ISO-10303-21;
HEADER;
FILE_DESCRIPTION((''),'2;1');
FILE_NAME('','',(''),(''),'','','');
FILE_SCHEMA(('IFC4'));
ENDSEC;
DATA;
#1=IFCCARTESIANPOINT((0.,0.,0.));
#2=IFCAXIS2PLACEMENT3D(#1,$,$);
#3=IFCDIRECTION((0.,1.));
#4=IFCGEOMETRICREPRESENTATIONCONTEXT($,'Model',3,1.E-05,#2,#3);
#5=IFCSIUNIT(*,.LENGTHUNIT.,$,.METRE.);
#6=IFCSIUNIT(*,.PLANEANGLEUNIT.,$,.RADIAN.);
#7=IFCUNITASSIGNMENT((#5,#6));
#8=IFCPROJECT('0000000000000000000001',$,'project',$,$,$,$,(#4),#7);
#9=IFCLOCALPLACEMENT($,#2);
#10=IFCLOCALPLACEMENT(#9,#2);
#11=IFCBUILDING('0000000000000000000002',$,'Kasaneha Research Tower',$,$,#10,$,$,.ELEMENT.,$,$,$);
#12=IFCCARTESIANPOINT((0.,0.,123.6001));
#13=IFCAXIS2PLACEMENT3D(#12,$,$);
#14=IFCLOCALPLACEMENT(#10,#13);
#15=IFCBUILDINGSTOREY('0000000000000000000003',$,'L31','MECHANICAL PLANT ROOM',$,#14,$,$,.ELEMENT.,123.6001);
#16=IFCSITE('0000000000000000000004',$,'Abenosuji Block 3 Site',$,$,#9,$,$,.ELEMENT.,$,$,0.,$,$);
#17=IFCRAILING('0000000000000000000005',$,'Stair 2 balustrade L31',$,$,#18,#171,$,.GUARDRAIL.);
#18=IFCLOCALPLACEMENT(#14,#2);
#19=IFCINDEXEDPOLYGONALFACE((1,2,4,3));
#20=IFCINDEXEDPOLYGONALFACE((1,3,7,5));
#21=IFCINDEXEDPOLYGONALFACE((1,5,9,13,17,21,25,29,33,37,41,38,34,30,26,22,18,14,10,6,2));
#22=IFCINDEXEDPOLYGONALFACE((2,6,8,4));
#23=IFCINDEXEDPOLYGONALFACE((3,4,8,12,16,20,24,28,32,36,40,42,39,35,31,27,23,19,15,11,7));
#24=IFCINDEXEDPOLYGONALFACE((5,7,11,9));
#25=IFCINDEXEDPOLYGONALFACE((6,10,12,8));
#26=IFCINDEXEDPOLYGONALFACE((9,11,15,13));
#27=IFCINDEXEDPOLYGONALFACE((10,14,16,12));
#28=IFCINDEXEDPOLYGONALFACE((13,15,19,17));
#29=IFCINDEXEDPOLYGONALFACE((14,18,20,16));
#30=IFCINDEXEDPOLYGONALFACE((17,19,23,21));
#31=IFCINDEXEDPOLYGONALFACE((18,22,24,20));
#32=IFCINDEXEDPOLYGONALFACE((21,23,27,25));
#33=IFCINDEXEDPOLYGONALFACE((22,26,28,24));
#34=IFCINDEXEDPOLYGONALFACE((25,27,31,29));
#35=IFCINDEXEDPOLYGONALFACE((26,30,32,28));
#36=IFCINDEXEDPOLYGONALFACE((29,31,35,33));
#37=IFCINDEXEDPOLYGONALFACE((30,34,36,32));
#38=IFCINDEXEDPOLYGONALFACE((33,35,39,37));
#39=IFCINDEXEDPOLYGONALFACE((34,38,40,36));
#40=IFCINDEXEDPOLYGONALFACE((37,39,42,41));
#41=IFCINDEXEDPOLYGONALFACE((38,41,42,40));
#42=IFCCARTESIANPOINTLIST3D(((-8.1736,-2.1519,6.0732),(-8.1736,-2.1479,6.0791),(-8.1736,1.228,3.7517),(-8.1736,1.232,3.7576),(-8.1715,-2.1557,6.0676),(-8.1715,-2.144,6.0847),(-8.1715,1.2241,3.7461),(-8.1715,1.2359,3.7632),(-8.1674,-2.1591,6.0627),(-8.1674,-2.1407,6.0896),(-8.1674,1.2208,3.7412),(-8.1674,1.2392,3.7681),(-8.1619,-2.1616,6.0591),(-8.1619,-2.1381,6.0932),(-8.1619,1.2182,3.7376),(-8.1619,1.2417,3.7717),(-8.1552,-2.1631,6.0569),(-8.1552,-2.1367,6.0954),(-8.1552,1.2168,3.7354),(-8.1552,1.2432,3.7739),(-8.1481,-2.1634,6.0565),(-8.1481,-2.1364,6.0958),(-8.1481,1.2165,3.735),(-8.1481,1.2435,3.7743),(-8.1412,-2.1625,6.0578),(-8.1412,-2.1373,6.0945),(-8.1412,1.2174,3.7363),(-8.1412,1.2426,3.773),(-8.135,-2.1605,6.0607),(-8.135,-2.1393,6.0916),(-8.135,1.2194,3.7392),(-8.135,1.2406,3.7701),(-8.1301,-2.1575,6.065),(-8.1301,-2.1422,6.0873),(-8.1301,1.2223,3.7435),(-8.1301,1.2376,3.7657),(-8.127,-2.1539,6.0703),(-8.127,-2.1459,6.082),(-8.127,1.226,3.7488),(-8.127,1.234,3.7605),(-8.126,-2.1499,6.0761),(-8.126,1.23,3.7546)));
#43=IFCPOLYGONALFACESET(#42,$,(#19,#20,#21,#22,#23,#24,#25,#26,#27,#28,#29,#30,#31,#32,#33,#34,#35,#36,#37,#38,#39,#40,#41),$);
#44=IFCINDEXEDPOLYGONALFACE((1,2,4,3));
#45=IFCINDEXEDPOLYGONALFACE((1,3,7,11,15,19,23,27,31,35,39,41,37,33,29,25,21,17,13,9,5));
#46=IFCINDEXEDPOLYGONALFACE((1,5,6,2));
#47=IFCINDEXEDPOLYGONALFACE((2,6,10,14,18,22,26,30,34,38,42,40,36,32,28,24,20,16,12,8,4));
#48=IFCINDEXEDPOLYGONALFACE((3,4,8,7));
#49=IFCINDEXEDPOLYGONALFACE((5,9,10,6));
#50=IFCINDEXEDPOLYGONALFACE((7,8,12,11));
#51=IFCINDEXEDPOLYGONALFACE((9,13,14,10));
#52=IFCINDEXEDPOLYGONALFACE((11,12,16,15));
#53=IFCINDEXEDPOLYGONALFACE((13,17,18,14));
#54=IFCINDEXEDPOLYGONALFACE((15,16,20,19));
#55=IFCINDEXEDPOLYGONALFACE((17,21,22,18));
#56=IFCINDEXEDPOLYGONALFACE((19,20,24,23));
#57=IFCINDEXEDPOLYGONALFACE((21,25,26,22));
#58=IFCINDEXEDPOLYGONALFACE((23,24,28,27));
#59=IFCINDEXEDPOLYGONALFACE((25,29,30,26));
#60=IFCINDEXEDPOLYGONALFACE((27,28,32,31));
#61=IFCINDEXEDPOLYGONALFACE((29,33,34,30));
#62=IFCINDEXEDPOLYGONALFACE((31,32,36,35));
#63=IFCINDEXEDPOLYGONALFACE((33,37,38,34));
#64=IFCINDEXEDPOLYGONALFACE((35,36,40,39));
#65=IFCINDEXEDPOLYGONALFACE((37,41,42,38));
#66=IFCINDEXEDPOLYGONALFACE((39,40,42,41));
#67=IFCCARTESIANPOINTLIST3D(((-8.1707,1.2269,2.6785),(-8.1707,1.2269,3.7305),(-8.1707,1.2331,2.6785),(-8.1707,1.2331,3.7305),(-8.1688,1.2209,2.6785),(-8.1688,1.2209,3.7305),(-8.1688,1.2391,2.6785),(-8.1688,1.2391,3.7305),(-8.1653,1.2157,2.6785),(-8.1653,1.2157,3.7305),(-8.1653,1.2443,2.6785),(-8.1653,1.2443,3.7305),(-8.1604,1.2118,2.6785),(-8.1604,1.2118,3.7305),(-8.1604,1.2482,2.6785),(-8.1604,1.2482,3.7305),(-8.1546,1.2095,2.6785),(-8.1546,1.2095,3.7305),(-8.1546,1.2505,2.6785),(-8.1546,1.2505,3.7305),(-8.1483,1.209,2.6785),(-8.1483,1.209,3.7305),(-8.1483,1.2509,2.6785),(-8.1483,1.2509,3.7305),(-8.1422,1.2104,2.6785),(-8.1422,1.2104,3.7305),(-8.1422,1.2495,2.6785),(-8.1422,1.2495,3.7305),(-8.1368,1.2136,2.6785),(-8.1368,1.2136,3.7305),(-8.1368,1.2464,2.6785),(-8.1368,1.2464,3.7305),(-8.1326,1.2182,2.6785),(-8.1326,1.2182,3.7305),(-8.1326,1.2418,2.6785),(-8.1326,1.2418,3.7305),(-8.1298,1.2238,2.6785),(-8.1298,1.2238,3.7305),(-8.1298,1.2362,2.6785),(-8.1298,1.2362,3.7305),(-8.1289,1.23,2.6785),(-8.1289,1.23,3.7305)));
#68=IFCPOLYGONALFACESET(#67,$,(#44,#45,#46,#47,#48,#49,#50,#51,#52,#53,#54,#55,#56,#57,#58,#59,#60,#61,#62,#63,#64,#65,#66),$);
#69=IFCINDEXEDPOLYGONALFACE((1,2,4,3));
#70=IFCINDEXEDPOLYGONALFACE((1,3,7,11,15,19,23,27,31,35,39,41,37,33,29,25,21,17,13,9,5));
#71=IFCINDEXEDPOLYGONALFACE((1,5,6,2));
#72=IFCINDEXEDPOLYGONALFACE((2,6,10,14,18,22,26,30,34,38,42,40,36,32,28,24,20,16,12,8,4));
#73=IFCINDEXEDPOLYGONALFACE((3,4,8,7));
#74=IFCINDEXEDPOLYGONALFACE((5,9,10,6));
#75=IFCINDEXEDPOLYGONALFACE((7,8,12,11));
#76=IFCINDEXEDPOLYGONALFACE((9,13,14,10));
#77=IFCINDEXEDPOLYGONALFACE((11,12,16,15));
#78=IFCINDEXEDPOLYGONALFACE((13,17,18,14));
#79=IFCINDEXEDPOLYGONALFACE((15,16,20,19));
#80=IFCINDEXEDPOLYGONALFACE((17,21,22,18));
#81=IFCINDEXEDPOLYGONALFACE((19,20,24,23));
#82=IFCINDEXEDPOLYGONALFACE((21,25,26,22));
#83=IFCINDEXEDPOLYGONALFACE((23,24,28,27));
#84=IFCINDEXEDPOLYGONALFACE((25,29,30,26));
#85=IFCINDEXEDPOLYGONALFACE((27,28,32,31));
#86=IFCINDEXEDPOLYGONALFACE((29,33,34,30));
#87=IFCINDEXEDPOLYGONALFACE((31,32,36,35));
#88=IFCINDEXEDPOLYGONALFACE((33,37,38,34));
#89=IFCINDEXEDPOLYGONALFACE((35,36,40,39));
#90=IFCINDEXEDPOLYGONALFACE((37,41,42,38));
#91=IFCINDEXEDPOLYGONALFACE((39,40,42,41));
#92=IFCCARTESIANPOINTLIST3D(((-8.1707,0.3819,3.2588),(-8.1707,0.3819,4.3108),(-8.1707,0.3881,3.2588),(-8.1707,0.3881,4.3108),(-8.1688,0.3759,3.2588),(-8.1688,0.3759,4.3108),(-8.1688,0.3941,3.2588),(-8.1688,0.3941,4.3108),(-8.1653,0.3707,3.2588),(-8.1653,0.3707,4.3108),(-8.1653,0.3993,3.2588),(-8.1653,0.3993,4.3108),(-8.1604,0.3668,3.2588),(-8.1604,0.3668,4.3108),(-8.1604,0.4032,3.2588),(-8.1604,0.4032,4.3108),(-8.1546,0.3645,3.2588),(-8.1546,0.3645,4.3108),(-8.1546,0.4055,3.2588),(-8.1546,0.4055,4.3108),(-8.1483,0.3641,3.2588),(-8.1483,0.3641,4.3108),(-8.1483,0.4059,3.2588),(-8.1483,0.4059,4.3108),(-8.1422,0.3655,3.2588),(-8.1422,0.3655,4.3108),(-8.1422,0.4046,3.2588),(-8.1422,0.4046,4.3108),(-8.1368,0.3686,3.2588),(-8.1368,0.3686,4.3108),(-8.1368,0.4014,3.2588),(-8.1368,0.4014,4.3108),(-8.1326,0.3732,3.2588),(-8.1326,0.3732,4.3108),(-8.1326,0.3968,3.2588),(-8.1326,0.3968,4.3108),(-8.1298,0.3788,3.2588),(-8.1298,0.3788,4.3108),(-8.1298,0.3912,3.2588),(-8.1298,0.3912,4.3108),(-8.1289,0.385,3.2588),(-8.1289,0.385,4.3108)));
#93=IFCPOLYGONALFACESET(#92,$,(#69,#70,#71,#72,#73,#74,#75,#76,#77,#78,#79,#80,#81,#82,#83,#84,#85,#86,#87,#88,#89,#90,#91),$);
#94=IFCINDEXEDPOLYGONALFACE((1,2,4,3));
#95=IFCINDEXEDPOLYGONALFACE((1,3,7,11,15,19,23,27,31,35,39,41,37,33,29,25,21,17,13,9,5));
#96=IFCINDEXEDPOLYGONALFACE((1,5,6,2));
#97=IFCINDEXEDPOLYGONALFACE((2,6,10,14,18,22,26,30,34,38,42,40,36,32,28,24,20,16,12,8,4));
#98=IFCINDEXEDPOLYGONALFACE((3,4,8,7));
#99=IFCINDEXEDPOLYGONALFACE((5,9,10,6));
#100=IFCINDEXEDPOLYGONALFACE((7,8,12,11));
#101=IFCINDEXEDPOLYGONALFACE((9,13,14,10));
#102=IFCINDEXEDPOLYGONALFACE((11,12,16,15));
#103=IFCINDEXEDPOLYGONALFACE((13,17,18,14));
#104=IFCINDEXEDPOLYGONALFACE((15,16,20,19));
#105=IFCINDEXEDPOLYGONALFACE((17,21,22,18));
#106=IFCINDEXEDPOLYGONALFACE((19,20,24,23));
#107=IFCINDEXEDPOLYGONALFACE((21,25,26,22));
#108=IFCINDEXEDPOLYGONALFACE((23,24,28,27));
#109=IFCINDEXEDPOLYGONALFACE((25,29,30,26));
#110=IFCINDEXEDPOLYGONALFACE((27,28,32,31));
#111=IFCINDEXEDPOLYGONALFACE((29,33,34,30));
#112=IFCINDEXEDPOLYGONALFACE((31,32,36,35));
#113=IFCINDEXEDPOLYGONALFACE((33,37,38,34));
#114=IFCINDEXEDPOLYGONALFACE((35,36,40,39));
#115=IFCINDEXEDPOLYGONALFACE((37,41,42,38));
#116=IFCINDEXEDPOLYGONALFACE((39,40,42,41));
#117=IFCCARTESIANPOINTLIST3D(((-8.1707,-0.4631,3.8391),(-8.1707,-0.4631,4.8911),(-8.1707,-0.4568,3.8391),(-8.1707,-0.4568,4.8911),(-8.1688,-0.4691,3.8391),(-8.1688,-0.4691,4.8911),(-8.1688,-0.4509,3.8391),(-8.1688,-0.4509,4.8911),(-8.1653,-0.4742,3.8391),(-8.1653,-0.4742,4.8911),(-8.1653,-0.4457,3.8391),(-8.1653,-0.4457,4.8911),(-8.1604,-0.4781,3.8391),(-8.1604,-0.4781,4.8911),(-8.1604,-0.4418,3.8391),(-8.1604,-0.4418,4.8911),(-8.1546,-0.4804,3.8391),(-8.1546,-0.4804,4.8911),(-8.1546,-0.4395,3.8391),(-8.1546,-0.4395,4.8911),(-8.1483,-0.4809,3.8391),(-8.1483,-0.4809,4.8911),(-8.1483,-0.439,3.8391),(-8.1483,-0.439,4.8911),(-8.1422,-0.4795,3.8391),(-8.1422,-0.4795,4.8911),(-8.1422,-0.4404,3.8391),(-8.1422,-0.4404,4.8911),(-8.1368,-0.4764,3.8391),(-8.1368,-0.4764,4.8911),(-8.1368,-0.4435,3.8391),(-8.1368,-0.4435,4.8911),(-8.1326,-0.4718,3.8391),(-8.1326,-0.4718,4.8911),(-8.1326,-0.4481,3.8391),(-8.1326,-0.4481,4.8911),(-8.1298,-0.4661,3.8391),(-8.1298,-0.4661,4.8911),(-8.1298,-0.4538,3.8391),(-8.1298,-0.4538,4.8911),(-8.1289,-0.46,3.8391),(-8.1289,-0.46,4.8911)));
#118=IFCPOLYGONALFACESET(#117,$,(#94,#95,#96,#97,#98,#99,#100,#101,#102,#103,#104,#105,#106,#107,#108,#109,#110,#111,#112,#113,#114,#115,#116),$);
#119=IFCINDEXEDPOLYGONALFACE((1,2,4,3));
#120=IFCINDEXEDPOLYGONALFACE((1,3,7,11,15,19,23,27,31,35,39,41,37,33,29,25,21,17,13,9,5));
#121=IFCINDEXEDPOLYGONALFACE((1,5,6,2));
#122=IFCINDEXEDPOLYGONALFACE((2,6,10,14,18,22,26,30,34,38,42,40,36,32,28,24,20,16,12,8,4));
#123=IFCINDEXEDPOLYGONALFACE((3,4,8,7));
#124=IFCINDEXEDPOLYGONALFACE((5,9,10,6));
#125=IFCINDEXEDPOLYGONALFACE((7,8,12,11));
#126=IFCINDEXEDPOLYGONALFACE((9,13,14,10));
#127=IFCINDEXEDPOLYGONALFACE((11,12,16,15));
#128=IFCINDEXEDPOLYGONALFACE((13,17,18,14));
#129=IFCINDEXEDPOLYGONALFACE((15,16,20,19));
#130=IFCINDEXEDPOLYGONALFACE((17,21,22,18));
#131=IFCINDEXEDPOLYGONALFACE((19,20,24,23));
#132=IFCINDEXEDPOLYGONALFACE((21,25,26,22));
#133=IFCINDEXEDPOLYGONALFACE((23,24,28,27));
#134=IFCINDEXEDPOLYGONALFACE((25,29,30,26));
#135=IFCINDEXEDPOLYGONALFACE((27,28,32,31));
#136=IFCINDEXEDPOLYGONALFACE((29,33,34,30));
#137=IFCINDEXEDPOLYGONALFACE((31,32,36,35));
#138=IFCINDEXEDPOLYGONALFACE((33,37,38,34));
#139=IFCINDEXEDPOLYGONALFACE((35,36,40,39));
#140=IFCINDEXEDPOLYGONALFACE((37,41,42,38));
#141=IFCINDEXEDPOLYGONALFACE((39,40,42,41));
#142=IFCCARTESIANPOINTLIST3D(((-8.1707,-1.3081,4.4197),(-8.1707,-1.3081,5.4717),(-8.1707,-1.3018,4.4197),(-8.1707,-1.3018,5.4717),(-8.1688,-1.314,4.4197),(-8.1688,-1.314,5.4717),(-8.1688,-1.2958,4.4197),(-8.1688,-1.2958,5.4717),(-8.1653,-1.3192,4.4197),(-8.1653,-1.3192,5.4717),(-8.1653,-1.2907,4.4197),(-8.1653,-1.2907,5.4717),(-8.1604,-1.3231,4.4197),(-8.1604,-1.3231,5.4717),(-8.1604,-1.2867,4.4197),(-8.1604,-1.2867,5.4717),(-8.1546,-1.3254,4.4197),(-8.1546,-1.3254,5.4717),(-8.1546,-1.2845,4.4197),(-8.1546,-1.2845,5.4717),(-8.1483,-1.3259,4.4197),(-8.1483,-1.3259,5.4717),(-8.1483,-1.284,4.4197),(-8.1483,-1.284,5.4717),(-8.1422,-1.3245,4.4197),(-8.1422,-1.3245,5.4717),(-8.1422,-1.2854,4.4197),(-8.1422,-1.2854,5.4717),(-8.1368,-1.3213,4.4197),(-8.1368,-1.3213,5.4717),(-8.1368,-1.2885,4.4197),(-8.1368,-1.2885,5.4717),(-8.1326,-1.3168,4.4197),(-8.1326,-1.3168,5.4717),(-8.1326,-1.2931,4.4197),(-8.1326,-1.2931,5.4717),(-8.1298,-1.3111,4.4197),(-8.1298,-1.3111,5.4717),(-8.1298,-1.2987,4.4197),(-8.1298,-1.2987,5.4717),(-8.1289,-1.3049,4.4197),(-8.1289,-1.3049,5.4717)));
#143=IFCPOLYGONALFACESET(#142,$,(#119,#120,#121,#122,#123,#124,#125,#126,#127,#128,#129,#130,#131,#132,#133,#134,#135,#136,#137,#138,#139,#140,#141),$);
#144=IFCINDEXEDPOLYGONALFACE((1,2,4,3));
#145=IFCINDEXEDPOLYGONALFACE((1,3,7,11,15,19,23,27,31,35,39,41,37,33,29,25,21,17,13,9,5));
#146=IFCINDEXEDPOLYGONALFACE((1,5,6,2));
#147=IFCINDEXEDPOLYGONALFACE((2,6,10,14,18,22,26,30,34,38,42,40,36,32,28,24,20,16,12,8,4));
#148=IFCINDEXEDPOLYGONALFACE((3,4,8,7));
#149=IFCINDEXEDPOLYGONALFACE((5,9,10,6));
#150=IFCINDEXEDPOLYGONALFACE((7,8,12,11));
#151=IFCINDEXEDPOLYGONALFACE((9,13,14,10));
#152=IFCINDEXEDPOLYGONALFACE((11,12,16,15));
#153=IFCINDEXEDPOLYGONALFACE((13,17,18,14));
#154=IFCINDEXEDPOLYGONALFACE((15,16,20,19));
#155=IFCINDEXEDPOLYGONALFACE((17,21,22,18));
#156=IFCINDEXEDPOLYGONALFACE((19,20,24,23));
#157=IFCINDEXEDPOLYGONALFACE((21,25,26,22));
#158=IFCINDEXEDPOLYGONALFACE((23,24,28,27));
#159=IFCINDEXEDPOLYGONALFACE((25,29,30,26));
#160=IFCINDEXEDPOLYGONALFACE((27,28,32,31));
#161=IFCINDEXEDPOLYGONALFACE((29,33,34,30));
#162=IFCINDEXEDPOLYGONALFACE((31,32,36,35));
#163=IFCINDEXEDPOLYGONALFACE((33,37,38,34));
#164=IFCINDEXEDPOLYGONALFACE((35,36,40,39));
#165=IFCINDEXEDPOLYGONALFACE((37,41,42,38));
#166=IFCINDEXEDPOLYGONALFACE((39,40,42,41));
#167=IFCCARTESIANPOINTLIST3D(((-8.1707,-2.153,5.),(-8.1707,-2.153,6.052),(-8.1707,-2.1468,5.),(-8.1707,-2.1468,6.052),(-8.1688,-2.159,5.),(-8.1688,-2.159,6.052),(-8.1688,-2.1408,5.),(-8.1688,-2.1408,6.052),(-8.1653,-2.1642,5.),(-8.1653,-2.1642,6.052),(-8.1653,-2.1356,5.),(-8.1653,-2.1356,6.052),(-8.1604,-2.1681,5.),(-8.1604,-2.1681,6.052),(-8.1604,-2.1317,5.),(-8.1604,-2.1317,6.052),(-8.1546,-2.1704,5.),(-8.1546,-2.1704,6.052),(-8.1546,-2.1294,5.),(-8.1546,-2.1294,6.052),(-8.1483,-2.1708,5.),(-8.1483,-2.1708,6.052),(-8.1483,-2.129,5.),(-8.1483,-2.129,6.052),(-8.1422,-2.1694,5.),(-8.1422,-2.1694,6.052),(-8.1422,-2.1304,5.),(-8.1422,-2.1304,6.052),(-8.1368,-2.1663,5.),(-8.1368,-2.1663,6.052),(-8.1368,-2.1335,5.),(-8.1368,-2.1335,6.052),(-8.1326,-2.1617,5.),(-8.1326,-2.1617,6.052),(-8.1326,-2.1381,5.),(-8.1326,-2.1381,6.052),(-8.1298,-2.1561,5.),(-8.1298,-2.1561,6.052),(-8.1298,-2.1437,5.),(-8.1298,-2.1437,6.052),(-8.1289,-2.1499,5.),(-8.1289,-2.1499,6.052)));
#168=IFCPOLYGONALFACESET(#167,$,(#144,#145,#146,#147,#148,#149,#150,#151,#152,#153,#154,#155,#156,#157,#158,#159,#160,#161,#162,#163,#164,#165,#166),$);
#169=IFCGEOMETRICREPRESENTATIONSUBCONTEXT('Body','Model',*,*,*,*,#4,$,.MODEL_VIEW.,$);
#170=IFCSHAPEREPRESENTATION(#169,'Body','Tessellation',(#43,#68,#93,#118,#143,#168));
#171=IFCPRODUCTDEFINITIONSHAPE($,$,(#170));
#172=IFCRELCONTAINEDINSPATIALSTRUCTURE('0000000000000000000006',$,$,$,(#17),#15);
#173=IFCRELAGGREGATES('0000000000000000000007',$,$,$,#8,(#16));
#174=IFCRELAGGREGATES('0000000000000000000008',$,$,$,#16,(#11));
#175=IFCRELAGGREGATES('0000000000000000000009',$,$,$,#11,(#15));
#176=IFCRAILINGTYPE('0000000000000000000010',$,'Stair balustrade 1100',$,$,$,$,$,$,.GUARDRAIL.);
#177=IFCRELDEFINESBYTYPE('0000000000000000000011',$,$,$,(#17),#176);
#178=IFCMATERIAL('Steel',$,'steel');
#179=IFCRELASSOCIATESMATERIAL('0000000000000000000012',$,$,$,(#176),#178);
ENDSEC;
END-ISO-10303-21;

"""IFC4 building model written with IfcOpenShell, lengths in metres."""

from ifc_helpers import new_model, si_unit, direction, frame, origin, origin_2d, place, context, subcontext, project, spatial, circle, extrude, material, type_object, element, save


model = new_model("IFC4")

# Units and contexts
model_context = context("Model", 3, precision=1e-05, world=origin(), true_north=direction((0.0, 1.0)))
body_context = subcontext(model_context, "Body", "Model", "MODEL_VIEW")
ifc_project = project(units=[si_unit("LENGTHUNIT", "METRE"), si_unit("PLANEANGLEUNIT", "RADIAN")], contexts=[model_context])

# Site, building, storey
site_placement = place(None, origin())
site = spatial("IfcSite", under=ifc_project, at=site_placement, Name="Abenosuji Block 3 Site", CompositionType="ELEMENT", RefElevation=0.0)
building_placement = place(site_placement, origin())
building = spatial("IfcBuilding", under=site, at=building_placement, Name="Kasaneha Research Tower", CompositionType="ELEMENT")
storey_placement = place(building_placement, frame((0.0, 0.0, 123.6001)))
storey = spatial("IfcBuildingStorey", under=building, at=storey_placement, Name="L31", Description="MECHANICAL PLANT ROOM", CompositionType="ELEMENT", Elevation=123.6001)

# Railing
ifc_material_1 = material(Name="Steel", Category="steel")
railing_type_1 = type_object("IfcRailingType", Name="Stair balustrade 1100", PredefinedType="GUARDRAIL", material=ifc_material_1)
railing_1_placement = place(storey_placement, frame((-8.1499, 1.23, 2.6785)))
element("IfcRailing", 1, at=railing_1_placement, inside=storey, type_object=railing_type_1, Name="Stair 2 balustrade L31", PredefinedType="GUARDRAIL", context=body_context, shape_type="SweptSolid", body=[
    extrude(circle(Radius=0.0239, at=origin_2d()), frame((0.0, 0.0, 1.0762), z_axis=(0.0, -0.824285, 0.566175), x_axis=(1.0, 0.0, 0.0)), (0.0, 0.0, 1.0), 4.1003),
    extrude(circle(Radius=0.021, at=origin_2d()), origin(), (0.0, 0.0, 1.0), 1.052),
    extrude(circle(Radius=0.021, at=origin_2d()), frame((0.0, -0.845, 0.5803)), (0.0, 0.0, 1.0), 1.052),
    extrude(circle(Radius=0.021, at=origin_2d()), frame((0.0, -1.6899, 1.1606)), (0.0, 0.0, 1.0), 1.052),
    extrude(circle(Radius=0.021, at=origin_2d()), frame((0.0, -2.5349, 1.7412)), (0.0, 0.0, 1.0), 1.052),
    extrude(circle(Radius=0.021, at=origin_2d()), frame((0.0, -3.3799, 2.3215)), (0.0, 0.0, 1.0), 1.052),
])

save(model, "model.ifc")
